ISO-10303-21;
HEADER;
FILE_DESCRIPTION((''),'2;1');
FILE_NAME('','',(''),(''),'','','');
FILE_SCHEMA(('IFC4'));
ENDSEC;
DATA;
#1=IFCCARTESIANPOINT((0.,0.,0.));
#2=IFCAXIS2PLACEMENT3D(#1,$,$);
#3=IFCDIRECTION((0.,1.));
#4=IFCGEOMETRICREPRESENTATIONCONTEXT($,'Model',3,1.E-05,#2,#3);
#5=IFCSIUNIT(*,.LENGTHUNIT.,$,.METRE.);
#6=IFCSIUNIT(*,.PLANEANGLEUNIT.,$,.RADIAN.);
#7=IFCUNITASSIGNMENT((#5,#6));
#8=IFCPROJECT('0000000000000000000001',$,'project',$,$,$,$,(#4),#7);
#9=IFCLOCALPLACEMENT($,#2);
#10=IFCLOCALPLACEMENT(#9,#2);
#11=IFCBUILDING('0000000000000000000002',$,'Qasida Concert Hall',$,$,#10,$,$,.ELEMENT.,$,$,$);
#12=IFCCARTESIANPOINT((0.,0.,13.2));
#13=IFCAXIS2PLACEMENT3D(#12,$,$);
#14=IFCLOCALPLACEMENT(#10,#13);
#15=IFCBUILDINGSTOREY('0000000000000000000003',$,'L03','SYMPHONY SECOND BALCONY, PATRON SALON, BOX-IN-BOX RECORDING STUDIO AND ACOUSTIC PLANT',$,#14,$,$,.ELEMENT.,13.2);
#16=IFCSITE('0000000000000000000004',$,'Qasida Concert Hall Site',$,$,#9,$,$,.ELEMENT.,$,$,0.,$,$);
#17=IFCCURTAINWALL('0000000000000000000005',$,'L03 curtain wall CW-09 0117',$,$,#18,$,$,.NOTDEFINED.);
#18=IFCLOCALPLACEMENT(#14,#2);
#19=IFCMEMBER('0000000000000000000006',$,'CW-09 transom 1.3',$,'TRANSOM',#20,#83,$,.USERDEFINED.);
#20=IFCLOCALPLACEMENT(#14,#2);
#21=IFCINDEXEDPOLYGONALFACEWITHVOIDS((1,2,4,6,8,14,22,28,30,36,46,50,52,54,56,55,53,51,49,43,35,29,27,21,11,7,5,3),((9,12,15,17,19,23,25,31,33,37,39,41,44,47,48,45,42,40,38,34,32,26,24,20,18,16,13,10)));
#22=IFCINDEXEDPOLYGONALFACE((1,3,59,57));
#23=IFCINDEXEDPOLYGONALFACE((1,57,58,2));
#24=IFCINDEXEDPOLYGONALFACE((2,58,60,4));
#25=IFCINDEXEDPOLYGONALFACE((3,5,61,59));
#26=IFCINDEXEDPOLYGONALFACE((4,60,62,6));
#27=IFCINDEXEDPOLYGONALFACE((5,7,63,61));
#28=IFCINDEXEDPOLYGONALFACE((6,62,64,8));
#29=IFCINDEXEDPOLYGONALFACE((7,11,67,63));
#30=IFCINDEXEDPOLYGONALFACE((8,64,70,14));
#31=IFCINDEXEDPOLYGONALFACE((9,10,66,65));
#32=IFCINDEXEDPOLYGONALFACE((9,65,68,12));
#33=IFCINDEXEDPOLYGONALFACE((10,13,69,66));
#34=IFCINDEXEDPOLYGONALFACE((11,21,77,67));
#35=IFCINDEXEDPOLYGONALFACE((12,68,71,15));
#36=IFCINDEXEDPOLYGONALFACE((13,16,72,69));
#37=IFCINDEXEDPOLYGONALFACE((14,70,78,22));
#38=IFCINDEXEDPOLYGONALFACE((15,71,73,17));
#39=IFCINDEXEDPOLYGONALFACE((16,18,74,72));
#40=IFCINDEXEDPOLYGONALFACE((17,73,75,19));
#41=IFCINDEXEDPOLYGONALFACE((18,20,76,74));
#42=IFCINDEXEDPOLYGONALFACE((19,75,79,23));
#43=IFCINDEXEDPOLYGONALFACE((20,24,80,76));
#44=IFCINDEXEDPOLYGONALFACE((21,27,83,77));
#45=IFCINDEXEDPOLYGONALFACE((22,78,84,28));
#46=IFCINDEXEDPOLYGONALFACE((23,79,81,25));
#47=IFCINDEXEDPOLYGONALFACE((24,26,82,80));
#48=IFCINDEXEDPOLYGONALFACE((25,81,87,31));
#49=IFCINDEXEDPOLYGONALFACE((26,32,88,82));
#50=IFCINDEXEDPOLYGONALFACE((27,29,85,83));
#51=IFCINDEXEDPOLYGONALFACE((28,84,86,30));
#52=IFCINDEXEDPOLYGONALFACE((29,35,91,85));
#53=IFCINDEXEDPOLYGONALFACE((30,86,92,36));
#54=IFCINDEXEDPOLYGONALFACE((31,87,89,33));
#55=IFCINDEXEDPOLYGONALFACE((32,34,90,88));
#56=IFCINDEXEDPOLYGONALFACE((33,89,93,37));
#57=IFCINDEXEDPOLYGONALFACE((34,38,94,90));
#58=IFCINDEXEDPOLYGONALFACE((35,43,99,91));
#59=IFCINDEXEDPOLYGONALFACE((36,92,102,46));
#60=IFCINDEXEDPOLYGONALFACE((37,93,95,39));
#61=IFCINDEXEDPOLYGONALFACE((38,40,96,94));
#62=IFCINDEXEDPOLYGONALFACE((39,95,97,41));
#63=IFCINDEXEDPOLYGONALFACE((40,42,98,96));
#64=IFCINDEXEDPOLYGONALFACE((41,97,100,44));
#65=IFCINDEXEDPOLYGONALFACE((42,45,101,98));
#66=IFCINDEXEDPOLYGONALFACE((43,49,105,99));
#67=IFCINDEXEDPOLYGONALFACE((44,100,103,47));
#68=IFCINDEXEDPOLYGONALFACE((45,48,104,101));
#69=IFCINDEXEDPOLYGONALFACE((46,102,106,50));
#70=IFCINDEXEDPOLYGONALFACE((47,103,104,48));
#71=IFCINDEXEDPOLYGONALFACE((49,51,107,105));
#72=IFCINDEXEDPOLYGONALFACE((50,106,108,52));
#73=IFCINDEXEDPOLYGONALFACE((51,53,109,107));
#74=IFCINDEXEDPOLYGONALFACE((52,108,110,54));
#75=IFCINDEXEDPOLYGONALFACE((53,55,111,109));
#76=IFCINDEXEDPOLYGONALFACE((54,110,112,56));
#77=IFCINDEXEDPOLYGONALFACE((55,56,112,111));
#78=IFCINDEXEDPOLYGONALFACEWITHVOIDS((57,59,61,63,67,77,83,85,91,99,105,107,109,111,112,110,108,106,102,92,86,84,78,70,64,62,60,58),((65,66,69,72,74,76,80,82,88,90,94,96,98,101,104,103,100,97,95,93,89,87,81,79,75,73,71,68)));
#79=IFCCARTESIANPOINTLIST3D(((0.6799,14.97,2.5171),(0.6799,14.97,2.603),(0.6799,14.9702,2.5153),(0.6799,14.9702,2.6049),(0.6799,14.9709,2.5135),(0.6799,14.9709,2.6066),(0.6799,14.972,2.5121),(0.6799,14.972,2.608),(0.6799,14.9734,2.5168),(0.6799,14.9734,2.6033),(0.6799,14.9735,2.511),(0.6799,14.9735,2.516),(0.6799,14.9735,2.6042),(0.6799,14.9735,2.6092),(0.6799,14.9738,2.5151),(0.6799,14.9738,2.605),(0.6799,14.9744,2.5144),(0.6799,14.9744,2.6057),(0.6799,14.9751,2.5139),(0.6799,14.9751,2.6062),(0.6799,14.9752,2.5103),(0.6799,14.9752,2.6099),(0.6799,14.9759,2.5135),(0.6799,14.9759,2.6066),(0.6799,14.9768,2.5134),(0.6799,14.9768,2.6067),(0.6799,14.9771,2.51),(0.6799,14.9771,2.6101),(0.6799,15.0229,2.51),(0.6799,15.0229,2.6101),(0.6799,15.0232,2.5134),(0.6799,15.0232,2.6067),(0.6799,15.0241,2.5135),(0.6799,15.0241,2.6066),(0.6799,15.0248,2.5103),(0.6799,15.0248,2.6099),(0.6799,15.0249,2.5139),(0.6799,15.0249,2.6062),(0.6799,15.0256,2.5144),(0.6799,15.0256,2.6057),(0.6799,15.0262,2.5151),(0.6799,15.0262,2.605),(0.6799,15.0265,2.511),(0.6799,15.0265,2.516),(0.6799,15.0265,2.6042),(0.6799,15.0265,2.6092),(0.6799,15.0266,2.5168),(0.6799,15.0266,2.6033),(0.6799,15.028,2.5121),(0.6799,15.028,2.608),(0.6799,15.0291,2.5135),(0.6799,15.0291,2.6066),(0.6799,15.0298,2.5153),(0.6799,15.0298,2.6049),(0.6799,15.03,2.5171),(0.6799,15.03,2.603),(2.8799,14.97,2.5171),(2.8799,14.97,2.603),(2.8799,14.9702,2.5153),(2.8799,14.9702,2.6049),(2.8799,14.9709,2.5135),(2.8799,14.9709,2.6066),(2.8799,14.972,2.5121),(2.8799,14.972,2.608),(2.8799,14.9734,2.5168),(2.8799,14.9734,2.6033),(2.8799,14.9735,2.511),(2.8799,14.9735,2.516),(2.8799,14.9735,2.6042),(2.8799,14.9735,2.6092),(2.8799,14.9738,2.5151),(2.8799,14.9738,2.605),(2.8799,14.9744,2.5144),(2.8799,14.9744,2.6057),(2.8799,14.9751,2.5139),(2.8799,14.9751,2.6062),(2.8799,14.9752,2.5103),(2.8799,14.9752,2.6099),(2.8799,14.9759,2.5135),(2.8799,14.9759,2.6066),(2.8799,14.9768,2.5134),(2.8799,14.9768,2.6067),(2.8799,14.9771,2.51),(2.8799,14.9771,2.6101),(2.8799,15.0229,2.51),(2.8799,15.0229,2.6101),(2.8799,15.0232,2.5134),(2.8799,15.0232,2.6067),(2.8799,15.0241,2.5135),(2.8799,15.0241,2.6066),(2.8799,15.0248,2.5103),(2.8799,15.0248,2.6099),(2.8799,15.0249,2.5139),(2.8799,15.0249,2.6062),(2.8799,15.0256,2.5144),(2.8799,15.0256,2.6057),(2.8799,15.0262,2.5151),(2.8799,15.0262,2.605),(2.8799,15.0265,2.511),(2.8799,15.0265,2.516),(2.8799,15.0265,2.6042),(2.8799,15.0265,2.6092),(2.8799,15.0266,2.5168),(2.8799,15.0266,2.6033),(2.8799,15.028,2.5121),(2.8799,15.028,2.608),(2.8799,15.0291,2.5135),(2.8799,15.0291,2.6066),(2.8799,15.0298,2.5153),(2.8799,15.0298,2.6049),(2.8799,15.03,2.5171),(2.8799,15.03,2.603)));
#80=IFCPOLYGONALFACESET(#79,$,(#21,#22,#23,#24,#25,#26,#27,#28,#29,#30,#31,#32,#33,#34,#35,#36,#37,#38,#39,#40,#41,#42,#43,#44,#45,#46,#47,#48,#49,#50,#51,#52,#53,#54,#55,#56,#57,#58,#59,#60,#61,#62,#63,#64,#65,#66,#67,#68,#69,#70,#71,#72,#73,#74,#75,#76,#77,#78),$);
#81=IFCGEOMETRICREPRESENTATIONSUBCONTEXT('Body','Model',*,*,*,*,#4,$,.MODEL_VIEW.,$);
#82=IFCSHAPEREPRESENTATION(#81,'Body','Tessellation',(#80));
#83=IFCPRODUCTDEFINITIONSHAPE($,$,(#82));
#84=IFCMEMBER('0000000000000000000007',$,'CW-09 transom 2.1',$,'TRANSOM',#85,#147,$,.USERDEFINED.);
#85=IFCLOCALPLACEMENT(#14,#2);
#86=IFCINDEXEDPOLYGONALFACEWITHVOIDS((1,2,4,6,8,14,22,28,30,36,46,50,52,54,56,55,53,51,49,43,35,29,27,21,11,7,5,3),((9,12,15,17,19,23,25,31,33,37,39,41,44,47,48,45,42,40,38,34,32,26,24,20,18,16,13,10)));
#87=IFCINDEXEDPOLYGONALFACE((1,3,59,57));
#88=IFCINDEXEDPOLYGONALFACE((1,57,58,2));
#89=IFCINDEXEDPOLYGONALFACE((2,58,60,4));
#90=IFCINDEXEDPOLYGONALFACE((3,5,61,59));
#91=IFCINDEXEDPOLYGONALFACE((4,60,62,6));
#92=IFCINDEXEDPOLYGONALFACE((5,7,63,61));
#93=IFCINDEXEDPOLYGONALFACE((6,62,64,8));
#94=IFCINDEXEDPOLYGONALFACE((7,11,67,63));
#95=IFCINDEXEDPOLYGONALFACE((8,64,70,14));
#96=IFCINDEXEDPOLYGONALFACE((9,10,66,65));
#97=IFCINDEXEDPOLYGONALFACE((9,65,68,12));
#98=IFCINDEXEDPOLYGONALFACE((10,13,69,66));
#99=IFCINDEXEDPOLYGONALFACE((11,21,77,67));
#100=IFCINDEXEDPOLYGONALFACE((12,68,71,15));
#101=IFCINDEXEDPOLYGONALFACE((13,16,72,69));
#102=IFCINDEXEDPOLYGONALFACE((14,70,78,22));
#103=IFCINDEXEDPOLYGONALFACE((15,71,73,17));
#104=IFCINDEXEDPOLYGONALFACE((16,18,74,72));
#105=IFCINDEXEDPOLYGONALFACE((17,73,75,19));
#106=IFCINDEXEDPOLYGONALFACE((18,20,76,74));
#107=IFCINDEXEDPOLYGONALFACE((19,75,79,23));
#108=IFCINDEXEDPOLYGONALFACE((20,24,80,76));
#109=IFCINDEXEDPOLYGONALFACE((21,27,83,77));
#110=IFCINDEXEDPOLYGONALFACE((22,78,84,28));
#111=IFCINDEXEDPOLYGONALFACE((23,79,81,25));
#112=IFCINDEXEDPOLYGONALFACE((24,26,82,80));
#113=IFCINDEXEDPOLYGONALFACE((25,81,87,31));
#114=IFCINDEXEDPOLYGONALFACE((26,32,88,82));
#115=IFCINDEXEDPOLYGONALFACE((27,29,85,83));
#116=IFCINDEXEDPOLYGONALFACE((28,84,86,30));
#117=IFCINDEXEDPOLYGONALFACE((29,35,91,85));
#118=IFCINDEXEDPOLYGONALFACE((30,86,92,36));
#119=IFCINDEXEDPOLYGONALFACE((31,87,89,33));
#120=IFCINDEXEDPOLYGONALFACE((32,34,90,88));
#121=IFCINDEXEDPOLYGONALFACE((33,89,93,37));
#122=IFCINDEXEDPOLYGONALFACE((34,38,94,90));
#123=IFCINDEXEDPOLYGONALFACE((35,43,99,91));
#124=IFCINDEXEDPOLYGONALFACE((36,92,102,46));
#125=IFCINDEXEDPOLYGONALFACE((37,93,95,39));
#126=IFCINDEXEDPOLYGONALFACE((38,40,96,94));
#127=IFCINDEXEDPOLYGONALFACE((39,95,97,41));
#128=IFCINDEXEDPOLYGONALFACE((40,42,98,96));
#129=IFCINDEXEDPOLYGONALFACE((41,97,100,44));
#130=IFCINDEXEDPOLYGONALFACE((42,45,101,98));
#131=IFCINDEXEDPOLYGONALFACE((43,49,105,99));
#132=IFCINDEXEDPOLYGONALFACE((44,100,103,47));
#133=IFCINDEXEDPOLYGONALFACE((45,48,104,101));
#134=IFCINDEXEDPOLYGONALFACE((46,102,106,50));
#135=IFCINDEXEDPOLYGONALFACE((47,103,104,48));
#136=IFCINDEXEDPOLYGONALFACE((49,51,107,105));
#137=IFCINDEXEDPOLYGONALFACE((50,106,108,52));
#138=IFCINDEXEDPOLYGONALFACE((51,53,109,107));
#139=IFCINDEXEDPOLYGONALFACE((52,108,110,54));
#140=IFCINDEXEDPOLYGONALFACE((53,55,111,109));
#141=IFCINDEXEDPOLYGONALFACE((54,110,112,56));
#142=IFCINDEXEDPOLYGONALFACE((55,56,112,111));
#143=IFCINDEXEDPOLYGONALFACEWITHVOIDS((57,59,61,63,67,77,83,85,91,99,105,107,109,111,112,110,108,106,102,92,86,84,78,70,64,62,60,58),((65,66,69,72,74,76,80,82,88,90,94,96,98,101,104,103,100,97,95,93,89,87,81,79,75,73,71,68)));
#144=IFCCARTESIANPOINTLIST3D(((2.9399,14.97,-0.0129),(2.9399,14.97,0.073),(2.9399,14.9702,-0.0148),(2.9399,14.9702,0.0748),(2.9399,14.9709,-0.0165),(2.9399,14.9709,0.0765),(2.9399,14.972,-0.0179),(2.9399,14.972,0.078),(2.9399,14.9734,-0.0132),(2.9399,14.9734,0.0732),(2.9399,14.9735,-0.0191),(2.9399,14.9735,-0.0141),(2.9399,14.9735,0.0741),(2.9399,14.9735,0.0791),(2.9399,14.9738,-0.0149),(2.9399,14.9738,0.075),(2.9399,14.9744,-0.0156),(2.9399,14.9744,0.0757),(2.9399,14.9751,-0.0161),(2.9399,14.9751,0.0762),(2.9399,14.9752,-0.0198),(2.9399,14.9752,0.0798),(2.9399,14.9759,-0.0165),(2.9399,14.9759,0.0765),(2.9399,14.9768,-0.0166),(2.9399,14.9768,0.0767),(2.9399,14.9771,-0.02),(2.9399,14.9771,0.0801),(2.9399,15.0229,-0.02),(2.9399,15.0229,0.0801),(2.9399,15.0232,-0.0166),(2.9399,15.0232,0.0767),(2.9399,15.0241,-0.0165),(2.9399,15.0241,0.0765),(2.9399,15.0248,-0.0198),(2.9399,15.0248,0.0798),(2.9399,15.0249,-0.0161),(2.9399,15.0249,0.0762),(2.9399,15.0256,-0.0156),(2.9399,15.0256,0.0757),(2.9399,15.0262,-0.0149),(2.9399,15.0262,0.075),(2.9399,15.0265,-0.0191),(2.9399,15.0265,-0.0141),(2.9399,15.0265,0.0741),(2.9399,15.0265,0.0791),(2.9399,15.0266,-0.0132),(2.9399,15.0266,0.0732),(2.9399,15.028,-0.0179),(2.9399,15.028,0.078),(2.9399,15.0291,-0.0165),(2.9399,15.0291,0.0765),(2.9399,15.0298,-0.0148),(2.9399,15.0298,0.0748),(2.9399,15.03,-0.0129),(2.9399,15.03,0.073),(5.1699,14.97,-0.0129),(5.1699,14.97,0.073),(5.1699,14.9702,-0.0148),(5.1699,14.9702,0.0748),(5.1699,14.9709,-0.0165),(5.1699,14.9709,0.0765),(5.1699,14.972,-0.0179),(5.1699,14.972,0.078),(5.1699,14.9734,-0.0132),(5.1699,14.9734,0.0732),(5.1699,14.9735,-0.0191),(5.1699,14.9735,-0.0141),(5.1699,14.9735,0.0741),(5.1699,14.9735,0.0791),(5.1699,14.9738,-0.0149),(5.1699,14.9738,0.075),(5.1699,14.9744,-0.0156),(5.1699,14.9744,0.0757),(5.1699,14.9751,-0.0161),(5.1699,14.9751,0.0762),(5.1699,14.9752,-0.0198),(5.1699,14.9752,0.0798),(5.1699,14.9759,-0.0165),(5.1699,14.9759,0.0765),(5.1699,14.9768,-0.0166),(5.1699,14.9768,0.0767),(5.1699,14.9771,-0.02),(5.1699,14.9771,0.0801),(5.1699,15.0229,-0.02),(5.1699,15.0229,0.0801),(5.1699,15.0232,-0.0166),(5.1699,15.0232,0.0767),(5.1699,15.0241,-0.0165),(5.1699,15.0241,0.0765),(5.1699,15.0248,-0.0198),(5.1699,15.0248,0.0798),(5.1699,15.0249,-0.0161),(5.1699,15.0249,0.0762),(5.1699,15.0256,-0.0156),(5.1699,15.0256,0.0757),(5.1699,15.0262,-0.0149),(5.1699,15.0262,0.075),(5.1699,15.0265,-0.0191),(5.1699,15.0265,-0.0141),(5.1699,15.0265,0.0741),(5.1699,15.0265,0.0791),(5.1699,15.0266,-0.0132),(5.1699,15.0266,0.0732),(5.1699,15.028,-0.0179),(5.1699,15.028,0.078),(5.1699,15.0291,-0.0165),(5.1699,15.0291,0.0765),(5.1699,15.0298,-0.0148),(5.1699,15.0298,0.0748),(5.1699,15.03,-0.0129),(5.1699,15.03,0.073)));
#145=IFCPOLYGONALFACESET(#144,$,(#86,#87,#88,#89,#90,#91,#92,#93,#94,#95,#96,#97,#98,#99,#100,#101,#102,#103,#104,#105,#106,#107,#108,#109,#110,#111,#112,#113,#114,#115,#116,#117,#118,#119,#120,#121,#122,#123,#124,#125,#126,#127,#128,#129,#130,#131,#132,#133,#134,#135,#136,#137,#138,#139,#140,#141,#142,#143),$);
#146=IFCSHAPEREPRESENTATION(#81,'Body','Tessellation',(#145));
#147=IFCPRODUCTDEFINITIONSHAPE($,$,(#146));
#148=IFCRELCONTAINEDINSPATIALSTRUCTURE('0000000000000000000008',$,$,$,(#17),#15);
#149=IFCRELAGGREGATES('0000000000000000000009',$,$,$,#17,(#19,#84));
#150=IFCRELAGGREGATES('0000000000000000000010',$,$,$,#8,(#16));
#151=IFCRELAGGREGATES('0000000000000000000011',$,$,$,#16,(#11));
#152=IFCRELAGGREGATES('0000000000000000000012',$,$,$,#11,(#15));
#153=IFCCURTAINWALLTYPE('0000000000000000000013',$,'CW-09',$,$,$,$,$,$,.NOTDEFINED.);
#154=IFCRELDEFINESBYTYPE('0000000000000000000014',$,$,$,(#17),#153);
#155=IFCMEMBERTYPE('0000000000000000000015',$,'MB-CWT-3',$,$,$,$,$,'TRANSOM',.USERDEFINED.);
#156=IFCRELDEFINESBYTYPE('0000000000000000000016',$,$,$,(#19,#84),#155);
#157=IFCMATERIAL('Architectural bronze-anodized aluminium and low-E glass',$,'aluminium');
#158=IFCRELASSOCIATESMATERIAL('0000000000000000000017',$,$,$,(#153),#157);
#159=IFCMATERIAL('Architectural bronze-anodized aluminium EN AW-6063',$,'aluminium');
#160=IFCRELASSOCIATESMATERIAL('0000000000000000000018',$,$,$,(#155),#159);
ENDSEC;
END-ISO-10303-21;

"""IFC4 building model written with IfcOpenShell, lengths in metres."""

from ifc_helpers import new_model, si_unit, direction, frame, origin, origin_2d, place, context, subcontext, project, spatial, hollow_rectangle, extrude, material, material_profile, profile_set, type_object, element, aggregate, save


model = new_model("IFC4")

# Units and contexts
model_context = context("Model", 3, precision=1e-05, world=origin(), true_north=direction((0.0, 1.0)))
body_context = subcontext(model_context, "Body", "Model", "MODEL_VIEW")
ifc_project = project(units=[si_unit("LENGTHUNIT", "METRE"), si_unit("PLANEANGLEUNIT", "RADIAN")], contexts=[model_context])

# Site, building, storey
site_placement = place(None, origin())
site = spatial("IfcSite", under=ifc_project, at=site_placement, Name="Qasida Concert Hall Site", CompositionType="ELEMENT", RefElevation=0.0)
building_placement = place(site_placement, origin())
building = spatial("IfcBuilding", under=site, at=building_placement, Name="Qasida Concert Hall", CompositionType="ELEMENT")
storey_placement = place(building_placement, frame((0.0, 0.0, 13.2)))
storey = spatial("IfcBuildingStorey", under=building, at=storey_placement, Name="L03", Description="SYMPHONY SECOND BALCONY, PATRON SALON, BOX-IN-BOX RECORDING STUDIO AND ACOUSTIC PLANT", CompositionType="ELEMENT", Elevation=13.2)

# Curtain wall, members
ifc_material_1 = material(Name="Architectural bronze-anodized aluminium and low-E glass", Category="aluminium")
curtain_wall_type = type_object("IfcCurtainWallType", Name="CW-09", PredefinedType="NOTDEFINED", material=ifc_material_1)
curtain_wall_placement = place(storey_placement, origin())
curtain_wall = element("IfcCurtainWall", 1, at=curtain_wall_placement, inside=storey, type_object=curtain_wall_type, Name="L03 curtain wall CW-09 0117", PredefinedType="NOTDEFINED")
ifc_material_2 = material(Name="Architectural bronze-anodized aluminium EN AW-6063", Category="aluminium")
ifc_material_profile_1 = material_profile(ifc_material_2, hollow_rectangle(XDim=0.0601, YDim=0.1001, WallThickness=0.0034, InnerFilletRadius=0.0034, OuterFilletRadius=0.0071, at=origin_2d()), Name="CWT 100x60x3.5")
ifc_profile_set_1 = profile_set([ifc_material_profile_1], Name="Architectural bronze-anodized aluminium EN AW-6063")
member_type_1 = type_object("IfcMemberType", Name="MB-CWT-3", ElementType="TRANSOM", PredefinedType="USERDEFINED", material=ifc_profile_set_1)
member_1_placement = place(storey_placement, frame((0.6799, 15.0, 2.5601), z_axis=(1.0, 0.0, 0.0), x_axis=(0.0, 1.0, 0.0)))
member_1 = element("IfcMember", 2, at=member_1_placement, type_object=member_type_1, Name="CW-09 transom 1.3", ObjectType="TRANSOM", PredefinedType="USERDEFINED", context=body_context, shape_type="SweptSolid", body=[
    extrude(hollow_rectangle(XDim=0.0601, YDim=0.1001, WallThickness=0.0034, InnerFilletRadius=0.0034, OuterFilletRadius=0.0071, at=origin_2d()), origin(), (0.0, 0.0, 1.0), 2.2),
])
member_2_placement = place(storey_placement, frame((2.9399, 15.0, 0.03), z_axis=(1.0, 0.0, 0.0), x_axis=(0.0, 1.0, 0.0)))
member_2 = element("IfcMember", 3, at=member_2_placement, type_object=member_type_1, Name="CW-09 transom 2.1", ObjectType="TRANSOM", PredefinedType="USERDEFINED", context=body_context, shape_type="SweptSolid", body=[
    extrude(hollow_rectangle(XDim=0.0601, YDim=0.1001, WallThickness=0.0034, InnerFilletRadius=0.0034, OuterFilletRadius=0.0071, at=origin_2d()), origin(), (0.0, 0.0, 1.0), 2.23),
])
aggregate(curtain_wall, [member_1, member_2])

save(model, "model.ifc")
